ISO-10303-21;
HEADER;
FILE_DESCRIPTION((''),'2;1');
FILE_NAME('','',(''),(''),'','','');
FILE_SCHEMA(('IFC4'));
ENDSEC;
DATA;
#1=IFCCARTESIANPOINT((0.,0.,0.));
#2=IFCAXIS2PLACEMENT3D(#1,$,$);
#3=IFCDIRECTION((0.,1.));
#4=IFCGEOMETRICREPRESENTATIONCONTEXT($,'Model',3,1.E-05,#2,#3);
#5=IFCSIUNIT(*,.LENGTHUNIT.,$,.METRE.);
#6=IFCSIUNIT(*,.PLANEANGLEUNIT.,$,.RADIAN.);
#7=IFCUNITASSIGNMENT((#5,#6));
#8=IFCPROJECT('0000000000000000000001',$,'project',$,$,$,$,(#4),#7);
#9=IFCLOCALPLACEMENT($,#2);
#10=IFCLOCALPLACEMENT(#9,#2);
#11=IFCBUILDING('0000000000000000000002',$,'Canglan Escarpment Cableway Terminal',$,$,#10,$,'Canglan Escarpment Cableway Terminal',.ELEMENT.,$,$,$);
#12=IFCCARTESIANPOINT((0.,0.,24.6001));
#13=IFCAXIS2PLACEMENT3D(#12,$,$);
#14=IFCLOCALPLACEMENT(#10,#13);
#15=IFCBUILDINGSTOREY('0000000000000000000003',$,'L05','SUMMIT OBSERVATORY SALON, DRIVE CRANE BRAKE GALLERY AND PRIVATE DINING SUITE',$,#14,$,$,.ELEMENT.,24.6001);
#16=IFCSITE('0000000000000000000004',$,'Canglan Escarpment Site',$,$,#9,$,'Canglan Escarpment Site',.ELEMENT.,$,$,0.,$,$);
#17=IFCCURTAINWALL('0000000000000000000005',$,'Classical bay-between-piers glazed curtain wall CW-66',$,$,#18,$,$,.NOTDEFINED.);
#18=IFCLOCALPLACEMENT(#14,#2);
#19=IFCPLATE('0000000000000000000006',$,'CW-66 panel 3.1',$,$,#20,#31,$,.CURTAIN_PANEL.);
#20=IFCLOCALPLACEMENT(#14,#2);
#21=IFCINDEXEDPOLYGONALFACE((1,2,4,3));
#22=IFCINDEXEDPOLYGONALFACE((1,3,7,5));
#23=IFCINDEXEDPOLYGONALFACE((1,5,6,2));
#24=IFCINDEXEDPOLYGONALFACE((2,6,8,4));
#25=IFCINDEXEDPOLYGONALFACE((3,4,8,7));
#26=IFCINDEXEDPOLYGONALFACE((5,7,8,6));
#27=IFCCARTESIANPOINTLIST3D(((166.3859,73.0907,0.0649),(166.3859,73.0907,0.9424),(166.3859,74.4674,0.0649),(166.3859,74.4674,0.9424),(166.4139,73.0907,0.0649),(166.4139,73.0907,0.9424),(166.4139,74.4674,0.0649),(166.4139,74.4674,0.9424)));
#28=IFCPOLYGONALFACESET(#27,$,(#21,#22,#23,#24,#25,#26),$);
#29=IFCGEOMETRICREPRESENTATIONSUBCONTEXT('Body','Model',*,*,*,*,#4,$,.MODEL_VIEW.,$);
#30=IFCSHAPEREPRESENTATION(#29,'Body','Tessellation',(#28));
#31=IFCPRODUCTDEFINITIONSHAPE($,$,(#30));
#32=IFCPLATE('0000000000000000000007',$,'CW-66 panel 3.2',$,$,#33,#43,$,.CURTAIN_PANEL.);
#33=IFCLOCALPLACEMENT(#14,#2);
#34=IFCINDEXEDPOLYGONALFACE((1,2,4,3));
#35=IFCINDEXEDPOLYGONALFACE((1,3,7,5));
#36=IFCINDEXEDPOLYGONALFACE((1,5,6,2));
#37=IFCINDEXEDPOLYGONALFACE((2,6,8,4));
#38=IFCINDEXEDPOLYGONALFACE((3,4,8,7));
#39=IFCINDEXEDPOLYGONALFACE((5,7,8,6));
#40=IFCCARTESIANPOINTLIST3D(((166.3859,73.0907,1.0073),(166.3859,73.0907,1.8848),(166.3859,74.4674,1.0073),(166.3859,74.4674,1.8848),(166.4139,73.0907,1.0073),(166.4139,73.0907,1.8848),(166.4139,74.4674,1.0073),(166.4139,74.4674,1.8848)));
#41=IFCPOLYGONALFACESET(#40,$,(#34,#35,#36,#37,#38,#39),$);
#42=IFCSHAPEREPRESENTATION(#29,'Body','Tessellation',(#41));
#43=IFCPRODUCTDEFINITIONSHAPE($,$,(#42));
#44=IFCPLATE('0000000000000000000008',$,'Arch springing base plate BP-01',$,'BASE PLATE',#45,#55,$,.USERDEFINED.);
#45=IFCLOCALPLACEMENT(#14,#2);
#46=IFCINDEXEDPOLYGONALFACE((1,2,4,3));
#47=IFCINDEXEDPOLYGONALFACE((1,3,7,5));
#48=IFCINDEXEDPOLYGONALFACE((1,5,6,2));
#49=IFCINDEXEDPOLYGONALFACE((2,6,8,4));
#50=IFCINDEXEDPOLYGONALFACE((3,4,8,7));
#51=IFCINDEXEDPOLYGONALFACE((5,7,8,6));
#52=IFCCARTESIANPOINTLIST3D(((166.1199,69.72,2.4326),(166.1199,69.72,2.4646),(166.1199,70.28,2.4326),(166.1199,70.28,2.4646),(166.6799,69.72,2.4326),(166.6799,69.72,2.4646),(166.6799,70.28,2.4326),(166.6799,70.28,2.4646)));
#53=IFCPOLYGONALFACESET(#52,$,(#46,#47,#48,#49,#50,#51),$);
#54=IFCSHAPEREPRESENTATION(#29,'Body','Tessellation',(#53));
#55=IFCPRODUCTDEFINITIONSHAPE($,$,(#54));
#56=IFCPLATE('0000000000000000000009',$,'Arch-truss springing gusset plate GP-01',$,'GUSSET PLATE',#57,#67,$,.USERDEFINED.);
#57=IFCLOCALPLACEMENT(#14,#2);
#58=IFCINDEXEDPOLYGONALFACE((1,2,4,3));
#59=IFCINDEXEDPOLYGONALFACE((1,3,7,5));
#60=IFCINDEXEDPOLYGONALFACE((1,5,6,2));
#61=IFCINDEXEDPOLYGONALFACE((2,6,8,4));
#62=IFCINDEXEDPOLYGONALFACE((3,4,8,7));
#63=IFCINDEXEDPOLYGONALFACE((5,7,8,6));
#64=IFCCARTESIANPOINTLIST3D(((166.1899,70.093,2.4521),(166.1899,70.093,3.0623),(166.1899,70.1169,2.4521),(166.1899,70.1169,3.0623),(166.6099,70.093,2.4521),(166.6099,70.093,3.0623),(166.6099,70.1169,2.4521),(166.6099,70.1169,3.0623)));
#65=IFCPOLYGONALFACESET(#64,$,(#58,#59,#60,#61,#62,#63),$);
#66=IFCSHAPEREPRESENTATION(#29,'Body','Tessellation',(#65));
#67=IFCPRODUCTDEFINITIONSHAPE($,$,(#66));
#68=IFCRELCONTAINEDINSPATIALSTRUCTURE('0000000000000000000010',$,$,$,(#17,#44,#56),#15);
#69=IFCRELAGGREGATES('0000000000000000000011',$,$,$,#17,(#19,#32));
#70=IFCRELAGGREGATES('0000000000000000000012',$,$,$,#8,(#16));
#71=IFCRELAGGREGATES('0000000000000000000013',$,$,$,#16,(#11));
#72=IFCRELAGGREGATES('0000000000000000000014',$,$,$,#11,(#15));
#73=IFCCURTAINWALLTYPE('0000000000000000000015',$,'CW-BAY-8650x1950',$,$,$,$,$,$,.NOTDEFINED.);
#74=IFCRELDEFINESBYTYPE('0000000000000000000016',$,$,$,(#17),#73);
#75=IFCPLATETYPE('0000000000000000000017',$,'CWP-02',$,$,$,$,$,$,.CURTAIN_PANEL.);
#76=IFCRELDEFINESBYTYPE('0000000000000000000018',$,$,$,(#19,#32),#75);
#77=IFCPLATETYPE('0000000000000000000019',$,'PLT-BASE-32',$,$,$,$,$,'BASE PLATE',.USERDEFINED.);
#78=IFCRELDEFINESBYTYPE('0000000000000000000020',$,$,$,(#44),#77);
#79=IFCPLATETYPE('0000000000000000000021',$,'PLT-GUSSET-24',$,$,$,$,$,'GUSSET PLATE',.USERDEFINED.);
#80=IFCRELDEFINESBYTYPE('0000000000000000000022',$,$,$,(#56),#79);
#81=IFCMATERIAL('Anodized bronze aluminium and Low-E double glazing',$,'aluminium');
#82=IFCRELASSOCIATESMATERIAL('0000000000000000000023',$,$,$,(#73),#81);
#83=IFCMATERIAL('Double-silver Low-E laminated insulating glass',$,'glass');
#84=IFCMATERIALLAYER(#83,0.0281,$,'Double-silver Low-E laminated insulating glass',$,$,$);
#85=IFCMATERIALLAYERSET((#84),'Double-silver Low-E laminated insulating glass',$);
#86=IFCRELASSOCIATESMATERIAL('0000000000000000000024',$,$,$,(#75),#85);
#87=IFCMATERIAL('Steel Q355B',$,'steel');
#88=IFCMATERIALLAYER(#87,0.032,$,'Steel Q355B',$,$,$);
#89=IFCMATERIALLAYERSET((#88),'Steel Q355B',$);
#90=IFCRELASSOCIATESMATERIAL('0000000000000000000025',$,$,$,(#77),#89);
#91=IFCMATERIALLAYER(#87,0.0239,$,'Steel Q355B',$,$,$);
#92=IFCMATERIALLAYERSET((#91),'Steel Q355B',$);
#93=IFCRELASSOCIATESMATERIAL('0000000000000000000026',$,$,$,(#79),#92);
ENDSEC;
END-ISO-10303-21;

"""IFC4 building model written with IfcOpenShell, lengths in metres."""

from ifc_helpers import new_model, si_unit, direction, frame, origin, origin_2d, place, context, subcontext, project, spatial, rectangle, extrude, material, layer, layer_set, type_object, element, aggregate, save


model = new_model("IFC4")

# Units and contexts
model_context = context("Model", 3, precision=1e-05, world=origin(), true_north=direction((0.0, 1.0)))
body_context = subcontext(model_context, "Body", "Model", "MODEL_VIEW")
ifc_project = project(units=[si_unit("LENGTHUNIT", "METRE"), si_unit("PLANEANGLEUNIT", "RADIAN")], contexts=[model_context])

# Site, building, storey
site_placement = place(None, origin())
site = spatial("IfcSite", under=ifc_project, at=site_placement, Name="Canglan Escarpment Site", LongName="Canglan Escarpment Site", CompositionType="ELEMENT", RefElevation=0.0)
building_placement = place(site_placement, origin())
building = spatial("IfcBuilding", under=site, at=building_placement, Name="Canglan Escarpment Cableway Terminal", LongName="Canglan Escarpment Cableway Terminal", CompositionType="ELEMENT")
storey_placement = place(building_placement, frame((0.0, 0.0, 24.6001)))
storey = spatial("IfcBuildingStorey", under=building, at=storey_placement, Name="L05", Description="SUMMIT OBSERVATORY SALON, DRIVE CRANE BRAKE GALLERY AND PRIVATE DINING SUITE", CompositionType="ELEMENT", Elevation=24.6001)

# Shared definitions
ifc_material_1 = material(Name="Steel Q355B", Category="steel")

# Curtain wall
ifc_material_2 = material(Name="Anodized bronze aluminium and Low-E double glazing", Category="aluminium")
curtain_wall_type = type_object("IfcCurtainWallType", Name="CW-BAY-8650x1950", PredefinedType="NOTDEFINED", material=ifc_material_2)
curtain_wall_1_placement = place(storey_placement, origin())
curtain_wall_1 = element("IfcCurtainWall", 1, at=curtain_wall_1_placement, inside=storey, type_object=curtain_wall_type, Name="Classical bay-between-piers glazed curtain wall CW-66", PredefinedType="NOTDEFINED")

# Plates
ifc_material_3 = material(Name="Double-silver Low-E laminated insulating glass", Category="glass")
ifc_layer_1 = layer(ifc_material_3, 0.0281, Name="Double-silver Low-E laminated insulating glass")
ifc_layer_set_1 = layer_set([ifc_layer_1], Name="Double-silver Low-E laminated insulating glass")
plate_type_1 = type_object("IfcPlateType", Name="CWP-02", PredefinedType="CURTAIN_PANEL", material=ifc_layer_set_1)
plate_1_placement = place(storey_placement, frame((166.3999, 73.7791, 0.0649), z_axis=(0.0, 0.0, 1.0), x_axis=(0.0, 1.0, 0.0)))
plate_1 = element("IfcPlate", 2, at=plate_1_placement, type_object=plate_type_1, Name="CW-66 panel 3.1", PredefinedType="CURTAIN_PANEL", context=body_context, shape_type="SweptSolid", body=[
    extrude(rectangle(XDim=1.3767, YDim=0.0281, at=origin_2d()), origin(), (0.0, 0.0, 1.0), 0.8774),
])
plate_2_placement = place(storey_placement, frame((166.3999, 73.7791, 1.0073), z_axis=(0.0, 0.0, 1.0), x_axis=(0.0, 1.0, 0.0)))
plate_2 = element("IfcPlate", 3, at=plate_2_placement, type_object=plate_type_1, Name="CW-66 panel 3.2", PredefinedType="CURTAIN_PANEL", context=body_context, shape_type="SweptSolid", body=[
    extrude(rectangle(XDim=1.3767, YDim=0.0281, at=origin_2d()), origin(), (0.0, 0.0, 1.0), 0.8774),
])
aggregate(curtain_wall_1, [plate_1, plate_2])

# Plates
ifc_layer_2 = layer(ifc_material_1, 0.032, Name="Steel Q355B")
ifc_layer_set_2 = layer_set([ifc_layer_2], Name="Steel Q355B")
plate_type_2 = type_object("IfcPlateType", Name="PLT-BASE-32", ElementType="BASE PLATE", PredefinedType="USERDEFINED", material=ifc_layer_set_2)
plate_3_placement = place(storey_placement, frame((166.3999, 70.0, 2.4326), z_axis=(0.0, 0.0, 1.0), x_axis=(1.0, 0.0, 0.0)))
element("IfcPlate", 4, at=plate_3_placement, inside=storey, type_object=plate_type_2, Name="Arch springing base plate BP-01", ObjectType="BASE PLATE", PredefinedType="USERDEFINED", context=body_context, shape_type="SweptSolid", body=[
    extrude(rectangle(XDim=0.5601, YDim=0.5601, at=origin_2d()), origin(), (0.0, 0.0, 1.0), 0.032),
])
ifc_layer_3 = layer(ifc_material_1, 0.0239, Name="Steel Q355B")
ifc_layer_set_3 = layer_set([ifc_layer_3], Name="Steel Q355B")
plate_type_3 = type_object("IfcPlateType", Name="PLT-GUSSET-24", ElementType="GUSSET PLATE", PredefinedType="USERDEFINED", material=ifc_layer_set_3)
plate_4_placement = place(storey_placement, frame((166.3999, 70.105, 2.4521), z_axis=(0.0, 0.0, 1.0), x_axis=(1.0, 0.0, 0.0)))
element("IfcPlate", 5, at=plate_4_placement, inside=storey, type_object=plate_type_3, Name="Arch-truss springing gusset plate GP-01", ObjectType="GUSSET PLATE", PredefinedType="USERDEFINED", context=body_context, shape_type="SweptSolid", body=[
    extrude(rectangle(XDim=0.4199, YDim=0.0239, at=origin_2d()), origin(), (0.0, 0.0, 1.0), 0.6101),
])

save(model, "model.ifc")
